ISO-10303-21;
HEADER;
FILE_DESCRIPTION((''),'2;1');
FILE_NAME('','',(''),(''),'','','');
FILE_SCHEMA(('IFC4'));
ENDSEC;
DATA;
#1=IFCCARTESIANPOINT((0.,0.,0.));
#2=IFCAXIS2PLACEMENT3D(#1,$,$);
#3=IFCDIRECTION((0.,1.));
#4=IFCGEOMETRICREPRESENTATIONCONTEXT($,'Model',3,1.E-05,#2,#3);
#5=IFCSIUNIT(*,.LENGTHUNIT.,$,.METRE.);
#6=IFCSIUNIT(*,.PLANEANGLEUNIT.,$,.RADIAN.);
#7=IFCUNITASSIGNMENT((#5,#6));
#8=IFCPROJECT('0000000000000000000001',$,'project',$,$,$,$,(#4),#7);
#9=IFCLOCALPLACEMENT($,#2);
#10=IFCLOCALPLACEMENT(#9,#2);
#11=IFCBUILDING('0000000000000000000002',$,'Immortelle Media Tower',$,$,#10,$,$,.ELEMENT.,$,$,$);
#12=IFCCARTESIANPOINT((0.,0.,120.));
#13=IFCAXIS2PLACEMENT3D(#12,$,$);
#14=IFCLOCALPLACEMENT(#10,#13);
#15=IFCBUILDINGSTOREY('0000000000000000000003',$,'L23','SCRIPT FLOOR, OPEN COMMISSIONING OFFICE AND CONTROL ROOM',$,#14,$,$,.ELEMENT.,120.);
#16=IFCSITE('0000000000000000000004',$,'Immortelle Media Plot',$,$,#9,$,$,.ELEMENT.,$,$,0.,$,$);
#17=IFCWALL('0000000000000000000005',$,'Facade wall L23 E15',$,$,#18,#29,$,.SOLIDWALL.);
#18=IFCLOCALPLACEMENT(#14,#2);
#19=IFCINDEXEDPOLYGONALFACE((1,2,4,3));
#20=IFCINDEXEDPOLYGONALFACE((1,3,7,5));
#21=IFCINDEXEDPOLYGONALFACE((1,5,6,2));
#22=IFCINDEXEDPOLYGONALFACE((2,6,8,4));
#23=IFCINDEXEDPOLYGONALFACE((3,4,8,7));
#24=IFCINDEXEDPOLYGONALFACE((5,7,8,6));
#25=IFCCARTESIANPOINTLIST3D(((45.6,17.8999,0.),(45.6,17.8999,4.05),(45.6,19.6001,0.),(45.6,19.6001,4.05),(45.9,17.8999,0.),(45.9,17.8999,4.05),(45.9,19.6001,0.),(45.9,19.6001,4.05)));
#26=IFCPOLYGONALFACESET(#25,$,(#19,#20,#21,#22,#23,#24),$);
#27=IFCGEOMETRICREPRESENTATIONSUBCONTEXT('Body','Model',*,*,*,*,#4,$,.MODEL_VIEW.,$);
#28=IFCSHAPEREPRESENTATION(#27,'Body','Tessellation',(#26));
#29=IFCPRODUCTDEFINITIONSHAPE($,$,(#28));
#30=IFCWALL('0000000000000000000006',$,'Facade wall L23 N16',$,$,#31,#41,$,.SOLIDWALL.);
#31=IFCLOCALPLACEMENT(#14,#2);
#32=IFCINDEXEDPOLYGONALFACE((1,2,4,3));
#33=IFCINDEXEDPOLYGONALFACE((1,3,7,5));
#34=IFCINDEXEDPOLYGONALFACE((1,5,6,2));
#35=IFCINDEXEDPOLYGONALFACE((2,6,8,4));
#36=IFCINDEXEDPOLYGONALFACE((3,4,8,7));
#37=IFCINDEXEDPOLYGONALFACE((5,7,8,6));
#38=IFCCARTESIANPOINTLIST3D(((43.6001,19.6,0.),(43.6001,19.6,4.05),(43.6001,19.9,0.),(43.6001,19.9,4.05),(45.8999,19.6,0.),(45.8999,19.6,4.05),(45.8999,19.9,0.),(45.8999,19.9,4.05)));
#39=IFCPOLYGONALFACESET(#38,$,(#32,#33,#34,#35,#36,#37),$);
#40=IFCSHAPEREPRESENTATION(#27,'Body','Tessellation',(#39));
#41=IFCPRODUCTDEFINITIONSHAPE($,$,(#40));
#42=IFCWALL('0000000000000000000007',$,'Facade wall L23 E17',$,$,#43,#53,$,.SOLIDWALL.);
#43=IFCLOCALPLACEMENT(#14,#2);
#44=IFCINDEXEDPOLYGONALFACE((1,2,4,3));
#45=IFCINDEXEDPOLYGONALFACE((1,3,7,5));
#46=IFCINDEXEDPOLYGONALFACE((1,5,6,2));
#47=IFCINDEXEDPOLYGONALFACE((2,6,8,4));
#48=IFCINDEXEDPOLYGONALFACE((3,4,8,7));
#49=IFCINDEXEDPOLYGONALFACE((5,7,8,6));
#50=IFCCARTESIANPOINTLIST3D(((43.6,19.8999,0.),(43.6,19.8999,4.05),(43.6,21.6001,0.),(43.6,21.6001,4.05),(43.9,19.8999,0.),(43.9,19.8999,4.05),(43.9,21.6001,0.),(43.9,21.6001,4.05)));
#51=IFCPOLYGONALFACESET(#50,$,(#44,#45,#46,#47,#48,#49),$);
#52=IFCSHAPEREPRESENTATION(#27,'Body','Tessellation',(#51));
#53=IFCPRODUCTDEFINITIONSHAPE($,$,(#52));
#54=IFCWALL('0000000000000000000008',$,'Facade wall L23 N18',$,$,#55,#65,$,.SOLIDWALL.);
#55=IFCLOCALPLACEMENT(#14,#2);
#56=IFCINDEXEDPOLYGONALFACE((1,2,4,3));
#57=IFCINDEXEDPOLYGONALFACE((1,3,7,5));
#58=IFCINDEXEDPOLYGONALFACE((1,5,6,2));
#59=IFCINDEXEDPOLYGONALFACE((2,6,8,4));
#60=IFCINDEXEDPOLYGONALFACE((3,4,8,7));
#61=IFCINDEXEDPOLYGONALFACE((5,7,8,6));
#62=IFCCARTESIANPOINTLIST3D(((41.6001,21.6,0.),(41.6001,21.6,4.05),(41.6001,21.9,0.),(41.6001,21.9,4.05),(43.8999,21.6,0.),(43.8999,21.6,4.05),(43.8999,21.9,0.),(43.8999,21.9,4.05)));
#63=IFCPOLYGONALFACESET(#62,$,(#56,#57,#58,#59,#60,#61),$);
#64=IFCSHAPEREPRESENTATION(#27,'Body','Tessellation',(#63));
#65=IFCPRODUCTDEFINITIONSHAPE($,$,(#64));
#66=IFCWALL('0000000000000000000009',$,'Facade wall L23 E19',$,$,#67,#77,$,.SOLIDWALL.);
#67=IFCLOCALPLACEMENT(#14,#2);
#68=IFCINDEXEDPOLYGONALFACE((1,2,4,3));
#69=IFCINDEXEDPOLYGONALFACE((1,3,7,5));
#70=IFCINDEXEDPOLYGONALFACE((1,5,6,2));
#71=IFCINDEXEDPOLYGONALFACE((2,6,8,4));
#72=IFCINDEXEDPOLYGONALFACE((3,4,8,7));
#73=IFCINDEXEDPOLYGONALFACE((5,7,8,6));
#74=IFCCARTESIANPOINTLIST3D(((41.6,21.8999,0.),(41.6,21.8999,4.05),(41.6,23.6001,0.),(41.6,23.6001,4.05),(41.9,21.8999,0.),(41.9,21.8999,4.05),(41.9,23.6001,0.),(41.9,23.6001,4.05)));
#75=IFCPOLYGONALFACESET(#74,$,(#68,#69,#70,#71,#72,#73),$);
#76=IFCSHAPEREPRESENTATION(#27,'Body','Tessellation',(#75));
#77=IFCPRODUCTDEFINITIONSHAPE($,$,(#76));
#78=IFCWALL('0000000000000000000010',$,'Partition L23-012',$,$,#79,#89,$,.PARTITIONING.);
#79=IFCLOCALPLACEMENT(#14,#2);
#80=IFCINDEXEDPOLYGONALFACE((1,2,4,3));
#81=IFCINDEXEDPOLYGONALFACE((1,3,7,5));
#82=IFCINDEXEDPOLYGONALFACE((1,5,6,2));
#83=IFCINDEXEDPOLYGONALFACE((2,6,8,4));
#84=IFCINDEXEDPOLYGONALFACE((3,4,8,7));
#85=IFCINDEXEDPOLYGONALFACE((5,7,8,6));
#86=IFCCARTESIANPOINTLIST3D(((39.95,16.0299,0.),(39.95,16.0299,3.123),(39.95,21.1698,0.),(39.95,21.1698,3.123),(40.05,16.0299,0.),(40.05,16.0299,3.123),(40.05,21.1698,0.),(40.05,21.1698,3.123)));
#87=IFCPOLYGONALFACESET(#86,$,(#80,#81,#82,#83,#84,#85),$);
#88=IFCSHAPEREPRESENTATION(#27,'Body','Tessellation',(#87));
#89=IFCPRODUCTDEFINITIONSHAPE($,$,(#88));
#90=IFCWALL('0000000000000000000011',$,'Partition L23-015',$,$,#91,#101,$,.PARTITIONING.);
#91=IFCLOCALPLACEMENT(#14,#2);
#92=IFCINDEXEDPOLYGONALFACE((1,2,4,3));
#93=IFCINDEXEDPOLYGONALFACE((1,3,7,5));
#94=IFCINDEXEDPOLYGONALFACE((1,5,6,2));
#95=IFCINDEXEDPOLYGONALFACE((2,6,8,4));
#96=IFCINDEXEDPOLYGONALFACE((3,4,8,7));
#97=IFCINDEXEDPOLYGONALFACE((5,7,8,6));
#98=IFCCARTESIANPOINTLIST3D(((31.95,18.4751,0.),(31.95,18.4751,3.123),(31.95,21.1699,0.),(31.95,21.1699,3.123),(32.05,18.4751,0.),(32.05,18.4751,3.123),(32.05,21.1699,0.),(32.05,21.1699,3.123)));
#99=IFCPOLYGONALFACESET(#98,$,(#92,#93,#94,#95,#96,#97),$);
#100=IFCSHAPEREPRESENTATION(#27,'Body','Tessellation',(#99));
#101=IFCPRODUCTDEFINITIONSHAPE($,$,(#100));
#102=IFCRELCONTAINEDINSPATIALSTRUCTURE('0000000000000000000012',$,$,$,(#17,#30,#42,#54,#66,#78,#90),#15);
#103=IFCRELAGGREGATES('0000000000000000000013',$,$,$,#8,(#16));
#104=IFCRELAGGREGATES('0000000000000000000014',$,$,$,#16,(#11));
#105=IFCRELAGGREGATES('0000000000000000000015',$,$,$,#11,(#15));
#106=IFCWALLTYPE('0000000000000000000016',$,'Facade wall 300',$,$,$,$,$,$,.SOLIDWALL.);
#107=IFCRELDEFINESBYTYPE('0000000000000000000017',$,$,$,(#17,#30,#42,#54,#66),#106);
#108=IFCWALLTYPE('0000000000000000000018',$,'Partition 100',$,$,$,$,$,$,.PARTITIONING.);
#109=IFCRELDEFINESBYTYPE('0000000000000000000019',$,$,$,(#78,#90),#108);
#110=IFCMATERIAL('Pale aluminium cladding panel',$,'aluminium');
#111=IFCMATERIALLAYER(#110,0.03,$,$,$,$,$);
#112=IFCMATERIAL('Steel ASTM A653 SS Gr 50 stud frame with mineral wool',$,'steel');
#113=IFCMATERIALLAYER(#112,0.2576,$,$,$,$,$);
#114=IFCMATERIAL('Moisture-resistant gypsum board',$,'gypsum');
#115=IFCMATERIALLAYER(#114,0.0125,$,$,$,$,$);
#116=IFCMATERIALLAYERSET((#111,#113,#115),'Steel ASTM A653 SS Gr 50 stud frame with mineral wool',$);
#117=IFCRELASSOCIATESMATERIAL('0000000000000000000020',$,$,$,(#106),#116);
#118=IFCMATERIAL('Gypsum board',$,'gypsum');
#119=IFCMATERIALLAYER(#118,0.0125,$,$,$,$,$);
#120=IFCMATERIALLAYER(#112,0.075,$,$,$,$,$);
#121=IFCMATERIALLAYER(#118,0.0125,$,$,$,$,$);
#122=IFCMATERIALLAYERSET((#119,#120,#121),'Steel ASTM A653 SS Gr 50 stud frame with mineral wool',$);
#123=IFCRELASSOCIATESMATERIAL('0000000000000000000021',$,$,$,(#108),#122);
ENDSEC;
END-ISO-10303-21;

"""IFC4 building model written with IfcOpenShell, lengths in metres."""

from ifc_helpers import new_model, si_unit, direction, frame, frame_2d, origin, place, context, subcontext, project, spatial, rectangle, extrude, material, layer, layer_set, type_object, element, save


model = new_model("IFC4")

# Units and contexts
model_context = context("Model", 3, precision=1e-05, world=origin(), true_north=direction((0.0, 1.0)))
body_context = subcontext(model_context, "Body", "Model", "MODEL_VIEW")
ifc_project = project(units=[si_unit("LENGTHUNIT", "METRE"), si_unit("PLANEANGLEUNIT", "RADIAN")], contexts=[model_context])

# Site, building, storey
site_placement = place(None, origin())
site = spatial("IfcSite", under=ifc_project, at=site_placement, Name="Immortelle Media Plot", CompositionType="ELEMENT", RefElevation=0.0)
building_placement = place(site_placement, origin())
building = spatial("IfcBuilding", under=site, at=building_placement, Name="Immortelle Media Tower", CompositionType="ELEMENT")
storey_placement = place(building_placement, frame((0.0, 0.0, 120.0)))
storey = spatial("IfcBuildingStorey", under=building, at=storey_placement, Name="L23", Description="SCRIPT FLOOR, OPEN COMMISSIONING OFFICE AND CONTROL ROOM", CompositionType="ELEMENT", Elevation=120.0)

# Shared definitions
ifc_material_1 = material(Name="Steel ASTM A653 SS Gr 50 stud frame with mineral wool", Category="steel")

# Walls
ifc_material_2 = material(Name="Pale aluminium cladding panel", Category="aluminium")
ifc_layer_1 = layer(ifc_material_2, 0.03)
ifc_layer_2 = layer(ifc_material_1, 0.2576)
ifc_material_3 = material(Name="Moisture-resistant gypsum board", Category="gypsum")
ifc_layer_3 = layer(ifc_material_3, 0.0125)
ifc_layer_set_1 = layer_set([ifc_layer_1, ifc_layer_2, ifc_layer_3], Name="Steel ASTM A653 SS Gr 50 stud frame with mineral wool")
wall_type_1 = type_object("IfcWallType", Name="Facade wall 300", PredefinedType="SOLIDWALL", material=ifc_layer_set_1)
wall_1_placement = place(storey_placement, frame((45.75, 17.8999, 0.0), z_axis=(0.0, 0.0, 1.0), x_axis=(0.0, 1.0, 0.0)))
element("IfcWall", 1, at=wall_1_placement, inside=storey, type_object=wall_type_1, Name="Facade wall L23 E15", PredefinedType="SOLIDWALL", context=body_context, shape_type="SweptSolid", body=[
    extrude(rectangle(XDim=1.7002, YDim=0.3, at=frame_2d((0.8501, 0.0))), origin(), (0.0, 0.0, 1.0), 4.05),
])
wall_2_placement = place(storey_placement, frame((45.8999, 19.75, 0.0), z_axis=(0.0, 0.0, 1.0), x_axis=(-1.0, 0.0, 0.0)))
element("IfcWall", 2, at=wall_2_placement, inside=storey, type_object=wall_type_1, Name="Facade wall L23 N16", PredefinedType="SOLIDWALL", context=body_context, shape_type="SweptSolid", body=[
    extrude(rectangle(XDim=2.2998, YDim=0.3, at=frame_2d((1.1499, 0.0))), origin(), (0.0, 0.0, 1.0), 4.05),
])
wall_3_placement = place(storey_placement, frame((43.75, 19.8999, 0.0), z_axis=(0.0, 0.0, 1.0), x_axis=(0.0, 1.0, 0.0)))
element("IfcWall", 3, at=wall_3_placement, inside=storey, type_object=wall_type_1, Name="Facade wall L23 E17", PredefinedType="SOLIDWALL", context=body_context, shape_type="SweptSolid", body=[
    extrude(rectangle(XDim=1.7002, YDim=0.3, at=frame_2d((0.8501, 0.0))), origin(), (0.0, 0.0, 1.0), 4.05),
])
wall_4_placement = place(storey_placement, frame((43.8999, 21.75, 0.0), z_axis=(0.0, 0.0, 1.0), x_axis=(-1.0, 0.0, 0.0)))
element("IfcWall", 4, at=wall_4_placement, inside=storey, type_object=wall_type_1, Name="Facade wall L23 N18", PredefinedType="SOLIDWALL", context=body_context, shape_type="SweptSolid", body=[
    extrude(rectangle(XDim=2.2998, YDim=0.3, at=frame_2d((1.1499, 0.0))), origin(), (0.0, 0.0, 1.0), 4.05),
])
wall_5_placement = place(storey_placement, frame((41.75, 21.8999, 0.0), z_axis=(0.0, 0.0, 1.0), x_axis=(0.0, 1.0, 0.0)))
element("IfcWall", 5, at=wall_5_placement, inside=storey, type_object=wall_type_1, Name="Facade wall L23 E19", PredefinedType="SOLIDWALL", context=body_context, shape_type="SweptSolid", body=[
    extrude(rectangle(XDim=1.7002, YDim=0.3, at=frame_2d((0.8501, 0.0))), origin(), (0.0, 0.0, 1.0), 4.05),
])

# Walls
ifc_material_4 = material(Name="Gypsum board", Category="gypsum")
ifc_layer_4 = layer(ifc_material_4, 0.0125)
ifc_layer_5 = layer(ifc_material_1, 0.075)
ifc_layer_6 = layer(ifc_material_4, 0.0125)
ifc_layer_set_2 = layer_set([ifc_layer_4, ifc_layer_5, ifc_layer_6], Name="Steel ASTM A653 SS Gr 50 stud frame with mineral wool")
wall_type_2 = type_object("IfcWallType", Name="Partition 100", PredefinedType="PARTITIONING", material=ifc_layer_set_2)
wall_6_placement = place(storey_placement, frame((40.0, 16.03, 0.0), z_axis=(0.0, 0.0, 1.0), x_axis=(0.0, 1.0, 0.0)))
element("IfcWall", 6, at=wall_6_placement, inside=storey, type_object=wall_type_2, Name="Partition L23-012", PredefinedType="PARTITIONING", context=body_context, shape_type="SweptSolid", body=[
    extrude(rectangle(XDim=5.1399, YDim=0.1001, at=frame_2d((2.5698, 0.0))), origin(), (0.0, 0.0, 1.0), 3.123),
])
wall_7_placement = place(storey_placement, frame((32.0, 18.4751, 0.0), z_axis=(0.0, 0.0, 1.0), x_axis=(0.0, 1.0, 0.0)))
element("IfcWall", 7, at=wall_7_placement, inside=storey, type_object=wall_type_2, Name="Partition L23-015", PredefinedType="PARTITIONING", context=body_context, shape_type="SweptSolid", body=[
    extrude(rectangle(XDim=2.6948, YDim=0.1001, at=frame_2d((1.3474, 0.0))), origin(), (0.0, 0.0, 1.0), 3.123),
])

save(model, "model.ifc")
